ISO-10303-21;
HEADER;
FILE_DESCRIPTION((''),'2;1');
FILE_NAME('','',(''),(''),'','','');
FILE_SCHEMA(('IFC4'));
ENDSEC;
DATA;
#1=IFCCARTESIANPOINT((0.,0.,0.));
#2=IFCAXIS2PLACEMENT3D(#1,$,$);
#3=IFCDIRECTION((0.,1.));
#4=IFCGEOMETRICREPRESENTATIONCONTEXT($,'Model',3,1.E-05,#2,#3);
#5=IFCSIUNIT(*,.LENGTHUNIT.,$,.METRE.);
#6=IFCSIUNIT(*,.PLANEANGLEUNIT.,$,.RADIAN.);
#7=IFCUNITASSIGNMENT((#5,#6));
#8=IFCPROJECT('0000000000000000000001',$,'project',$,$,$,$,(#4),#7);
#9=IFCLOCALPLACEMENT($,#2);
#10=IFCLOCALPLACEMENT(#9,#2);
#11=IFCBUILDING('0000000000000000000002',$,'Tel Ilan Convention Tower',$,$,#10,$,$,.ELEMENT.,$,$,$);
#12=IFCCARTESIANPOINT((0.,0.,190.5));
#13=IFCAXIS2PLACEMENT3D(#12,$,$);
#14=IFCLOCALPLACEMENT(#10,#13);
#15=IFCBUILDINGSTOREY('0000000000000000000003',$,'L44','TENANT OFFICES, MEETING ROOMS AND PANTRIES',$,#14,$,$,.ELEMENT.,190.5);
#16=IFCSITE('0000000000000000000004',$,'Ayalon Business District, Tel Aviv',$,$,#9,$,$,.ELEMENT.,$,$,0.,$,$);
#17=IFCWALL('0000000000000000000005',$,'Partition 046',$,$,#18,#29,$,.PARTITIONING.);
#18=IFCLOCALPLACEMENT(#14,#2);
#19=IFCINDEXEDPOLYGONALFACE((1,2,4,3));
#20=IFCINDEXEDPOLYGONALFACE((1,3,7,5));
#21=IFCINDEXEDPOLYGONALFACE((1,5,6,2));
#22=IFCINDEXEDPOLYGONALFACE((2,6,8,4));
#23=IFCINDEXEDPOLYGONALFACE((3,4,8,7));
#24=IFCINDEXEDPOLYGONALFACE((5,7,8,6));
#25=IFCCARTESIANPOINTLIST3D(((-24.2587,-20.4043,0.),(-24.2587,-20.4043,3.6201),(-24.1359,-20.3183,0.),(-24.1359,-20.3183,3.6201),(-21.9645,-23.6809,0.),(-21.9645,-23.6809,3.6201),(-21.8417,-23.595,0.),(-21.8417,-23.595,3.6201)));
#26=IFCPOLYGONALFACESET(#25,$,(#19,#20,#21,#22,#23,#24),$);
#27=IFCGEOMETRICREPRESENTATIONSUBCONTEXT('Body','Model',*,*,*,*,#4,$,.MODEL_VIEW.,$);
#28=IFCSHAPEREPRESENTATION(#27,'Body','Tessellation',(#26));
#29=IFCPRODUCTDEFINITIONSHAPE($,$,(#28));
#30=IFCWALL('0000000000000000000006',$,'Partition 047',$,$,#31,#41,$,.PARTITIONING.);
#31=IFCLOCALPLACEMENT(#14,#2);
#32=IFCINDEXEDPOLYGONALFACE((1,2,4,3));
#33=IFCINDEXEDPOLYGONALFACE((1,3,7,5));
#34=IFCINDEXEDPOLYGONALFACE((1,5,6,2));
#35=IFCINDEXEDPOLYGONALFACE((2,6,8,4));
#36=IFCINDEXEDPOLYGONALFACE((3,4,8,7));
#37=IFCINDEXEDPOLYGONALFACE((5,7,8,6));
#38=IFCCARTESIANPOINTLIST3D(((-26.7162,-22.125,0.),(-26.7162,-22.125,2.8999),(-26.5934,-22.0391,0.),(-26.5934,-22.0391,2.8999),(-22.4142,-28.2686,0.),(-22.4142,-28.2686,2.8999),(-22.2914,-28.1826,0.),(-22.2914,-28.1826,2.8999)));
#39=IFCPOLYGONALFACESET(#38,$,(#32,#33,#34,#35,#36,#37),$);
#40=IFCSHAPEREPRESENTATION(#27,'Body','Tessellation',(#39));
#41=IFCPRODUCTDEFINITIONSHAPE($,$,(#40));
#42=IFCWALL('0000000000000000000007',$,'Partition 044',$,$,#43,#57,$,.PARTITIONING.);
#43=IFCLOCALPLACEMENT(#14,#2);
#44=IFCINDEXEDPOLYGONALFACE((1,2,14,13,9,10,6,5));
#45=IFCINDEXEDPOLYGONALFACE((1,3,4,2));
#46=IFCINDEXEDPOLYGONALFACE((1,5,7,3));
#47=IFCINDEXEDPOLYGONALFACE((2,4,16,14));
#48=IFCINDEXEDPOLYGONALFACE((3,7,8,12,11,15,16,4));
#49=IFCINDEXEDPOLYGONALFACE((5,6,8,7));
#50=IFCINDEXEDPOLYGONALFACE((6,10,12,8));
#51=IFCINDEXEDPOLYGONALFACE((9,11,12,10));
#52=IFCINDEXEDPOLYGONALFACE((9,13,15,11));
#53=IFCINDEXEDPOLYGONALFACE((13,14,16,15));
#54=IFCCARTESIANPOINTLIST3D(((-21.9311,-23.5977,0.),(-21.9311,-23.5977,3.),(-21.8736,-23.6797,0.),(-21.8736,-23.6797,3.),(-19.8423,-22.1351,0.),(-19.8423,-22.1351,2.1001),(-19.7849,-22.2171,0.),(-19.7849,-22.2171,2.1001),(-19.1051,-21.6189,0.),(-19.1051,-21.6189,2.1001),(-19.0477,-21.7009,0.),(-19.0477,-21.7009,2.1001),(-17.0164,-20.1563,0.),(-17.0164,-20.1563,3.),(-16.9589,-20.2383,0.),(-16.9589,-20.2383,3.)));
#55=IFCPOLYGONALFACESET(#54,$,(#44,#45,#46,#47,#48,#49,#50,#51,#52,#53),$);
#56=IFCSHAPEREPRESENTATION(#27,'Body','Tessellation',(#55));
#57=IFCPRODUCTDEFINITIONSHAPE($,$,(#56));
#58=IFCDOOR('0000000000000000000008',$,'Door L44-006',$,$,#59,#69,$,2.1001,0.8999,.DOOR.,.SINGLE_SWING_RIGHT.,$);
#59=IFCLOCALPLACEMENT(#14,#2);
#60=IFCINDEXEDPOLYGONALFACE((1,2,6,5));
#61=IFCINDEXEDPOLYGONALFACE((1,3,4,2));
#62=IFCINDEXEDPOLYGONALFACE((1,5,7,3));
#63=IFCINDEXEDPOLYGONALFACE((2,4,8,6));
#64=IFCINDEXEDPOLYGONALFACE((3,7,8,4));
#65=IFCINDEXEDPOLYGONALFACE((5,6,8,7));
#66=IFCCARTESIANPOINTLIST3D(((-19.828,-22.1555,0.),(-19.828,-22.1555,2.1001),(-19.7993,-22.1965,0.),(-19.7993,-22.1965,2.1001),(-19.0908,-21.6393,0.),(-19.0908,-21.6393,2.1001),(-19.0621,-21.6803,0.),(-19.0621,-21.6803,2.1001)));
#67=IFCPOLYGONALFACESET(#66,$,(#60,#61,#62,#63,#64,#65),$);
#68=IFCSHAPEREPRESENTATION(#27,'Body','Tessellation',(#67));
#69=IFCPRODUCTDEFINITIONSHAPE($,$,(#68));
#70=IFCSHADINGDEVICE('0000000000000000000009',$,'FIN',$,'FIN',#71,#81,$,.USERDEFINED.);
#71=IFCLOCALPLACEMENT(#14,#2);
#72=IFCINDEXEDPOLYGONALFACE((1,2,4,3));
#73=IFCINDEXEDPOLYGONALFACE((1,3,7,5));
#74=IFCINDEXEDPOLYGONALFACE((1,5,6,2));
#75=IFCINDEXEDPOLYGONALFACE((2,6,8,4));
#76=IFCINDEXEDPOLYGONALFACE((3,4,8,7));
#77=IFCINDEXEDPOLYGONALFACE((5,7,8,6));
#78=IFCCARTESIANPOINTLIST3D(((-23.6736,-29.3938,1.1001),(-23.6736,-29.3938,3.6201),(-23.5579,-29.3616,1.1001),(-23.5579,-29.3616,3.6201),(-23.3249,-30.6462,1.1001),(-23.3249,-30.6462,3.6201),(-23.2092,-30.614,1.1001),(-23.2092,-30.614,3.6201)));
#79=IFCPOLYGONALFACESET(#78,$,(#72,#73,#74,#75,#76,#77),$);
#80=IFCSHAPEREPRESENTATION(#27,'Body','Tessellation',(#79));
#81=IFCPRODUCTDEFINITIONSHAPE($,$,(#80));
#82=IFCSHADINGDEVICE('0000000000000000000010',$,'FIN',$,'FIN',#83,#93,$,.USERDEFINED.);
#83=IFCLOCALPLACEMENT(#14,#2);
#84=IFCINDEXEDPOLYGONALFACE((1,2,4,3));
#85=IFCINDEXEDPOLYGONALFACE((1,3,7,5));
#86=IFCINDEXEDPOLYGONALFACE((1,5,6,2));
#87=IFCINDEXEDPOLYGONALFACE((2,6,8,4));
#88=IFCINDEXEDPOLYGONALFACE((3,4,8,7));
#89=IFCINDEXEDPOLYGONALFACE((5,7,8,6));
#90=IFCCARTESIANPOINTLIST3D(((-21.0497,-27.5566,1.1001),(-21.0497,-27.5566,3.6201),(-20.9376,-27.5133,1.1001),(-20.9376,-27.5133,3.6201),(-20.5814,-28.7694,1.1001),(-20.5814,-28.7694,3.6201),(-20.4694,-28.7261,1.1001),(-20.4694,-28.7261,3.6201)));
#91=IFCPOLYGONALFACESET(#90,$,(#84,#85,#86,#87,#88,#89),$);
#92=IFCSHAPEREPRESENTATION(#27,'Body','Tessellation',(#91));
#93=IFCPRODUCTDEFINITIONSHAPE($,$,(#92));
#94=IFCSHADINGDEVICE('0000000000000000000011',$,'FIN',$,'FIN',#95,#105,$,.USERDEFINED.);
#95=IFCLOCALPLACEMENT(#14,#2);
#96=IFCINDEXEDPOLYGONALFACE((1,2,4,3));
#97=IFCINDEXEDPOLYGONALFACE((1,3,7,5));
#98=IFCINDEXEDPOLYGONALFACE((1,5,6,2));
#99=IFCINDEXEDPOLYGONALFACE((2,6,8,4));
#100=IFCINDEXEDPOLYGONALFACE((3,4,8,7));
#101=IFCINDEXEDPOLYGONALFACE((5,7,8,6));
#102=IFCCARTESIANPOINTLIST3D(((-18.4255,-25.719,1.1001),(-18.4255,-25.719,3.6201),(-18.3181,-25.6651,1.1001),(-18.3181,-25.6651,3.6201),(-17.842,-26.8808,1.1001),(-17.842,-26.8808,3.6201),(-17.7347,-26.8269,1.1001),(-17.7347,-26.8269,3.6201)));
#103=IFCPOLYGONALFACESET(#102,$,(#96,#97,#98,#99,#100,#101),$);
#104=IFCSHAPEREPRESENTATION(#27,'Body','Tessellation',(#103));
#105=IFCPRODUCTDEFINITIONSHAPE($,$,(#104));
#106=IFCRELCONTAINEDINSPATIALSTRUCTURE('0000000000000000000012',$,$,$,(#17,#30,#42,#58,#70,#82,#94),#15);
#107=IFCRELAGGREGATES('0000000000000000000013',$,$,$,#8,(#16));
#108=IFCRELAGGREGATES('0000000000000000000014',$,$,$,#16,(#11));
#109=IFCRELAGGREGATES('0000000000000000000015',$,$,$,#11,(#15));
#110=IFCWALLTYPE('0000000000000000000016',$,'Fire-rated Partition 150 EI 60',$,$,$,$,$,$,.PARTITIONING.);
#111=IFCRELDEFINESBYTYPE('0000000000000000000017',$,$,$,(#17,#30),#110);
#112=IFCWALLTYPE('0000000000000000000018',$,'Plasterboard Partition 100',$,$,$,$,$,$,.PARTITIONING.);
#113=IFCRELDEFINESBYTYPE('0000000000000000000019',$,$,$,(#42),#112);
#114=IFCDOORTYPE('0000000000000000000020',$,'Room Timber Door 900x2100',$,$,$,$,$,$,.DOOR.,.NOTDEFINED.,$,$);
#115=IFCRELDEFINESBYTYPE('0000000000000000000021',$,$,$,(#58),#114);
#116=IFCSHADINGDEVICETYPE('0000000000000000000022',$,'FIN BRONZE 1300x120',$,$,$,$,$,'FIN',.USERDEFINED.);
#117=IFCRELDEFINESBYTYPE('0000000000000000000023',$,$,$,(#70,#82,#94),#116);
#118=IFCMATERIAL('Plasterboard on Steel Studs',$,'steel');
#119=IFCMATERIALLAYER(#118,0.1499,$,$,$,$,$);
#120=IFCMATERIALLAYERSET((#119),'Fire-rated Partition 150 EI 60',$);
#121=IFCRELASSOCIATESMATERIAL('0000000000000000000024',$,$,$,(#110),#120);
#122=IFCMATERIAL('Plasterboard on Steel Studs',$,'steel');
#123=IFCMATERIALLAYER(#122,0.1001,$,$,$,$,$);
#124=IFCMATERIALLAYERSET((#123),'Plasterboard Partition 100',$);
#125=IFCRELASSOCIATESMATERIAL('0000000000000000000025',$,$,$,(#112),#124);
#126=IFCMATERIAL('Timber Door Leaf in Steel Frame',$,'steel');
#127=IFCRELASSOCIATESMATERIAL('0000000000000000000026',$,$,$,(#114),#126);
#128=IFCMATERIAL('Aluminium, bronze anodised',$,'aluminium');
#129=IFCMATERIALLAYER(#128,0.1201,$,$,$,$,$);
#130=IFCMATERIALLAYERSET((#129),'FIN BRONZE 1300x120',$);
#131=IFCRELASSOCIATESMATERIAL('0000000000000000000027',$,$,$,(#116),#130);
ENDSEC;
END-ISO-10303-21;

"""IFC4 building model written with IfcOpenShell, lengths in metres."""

from ifc_helpers import new_model, si_unit, direction, frame, frame_2d, origin, origin_2d, place, context, subcontext, project, spatial, rectangle, extrude, material, layer, layer_set, type_object, element, fill, save


model = new_model("IFC4")

# Units and contexts
model_context = context("Model", 3, precision=1e-05, world=origin(), true_north=direction((0.0, 1.0)))
body_context = subcontext(model_context, "Body", "Model", "MODEL_VIEW")
ifc_project = project(units=[si_unit("LENGTHUNIT", "METRE"), si_unit("PLANEANGLEUNIT", "RADIAN")], contexts=[model_context])

# Site, building, storey
site_placement = place(None, origin())
site = spatial("IfcSite", under=ifc_project, at=site_placement, Name="Ayalon Business District, Tel Aviv", CompositionType="ELEMENT", RefElevation=0.0)
building_placement = place(site_placement, origin())
building = spatial("IfcBuilding", under=site, at=building_placement, Name="Tel Ilan Convention Tower", CompositionType="ELEMENT")
storey_placement = place(building_placement, frame((0.0, 0.0, 190.5)))
storey = spatial("IfcBuildingStorey", under=building, at=storey_placement, Name="L44", Description="TENANT OFFICES, MEETING ROOMS AND PANTRIES", CompositionType="ELEMENT", Elevation=190.5)

# Shared definitions
ifc_material_1 = material(Name="Plasterboard on Steel Studs", Category="steel")
ifc_layer_1 = layer(ifc_material_1, 0.1499)
ifc_layer_set_1 = layer_set([ifc_layer_1], Name="Fire-rated Partition 150 EI 60")
wall_type_1 = type_object("IfcWallType", Name="Fire-rated Partition 150 EI 60", PredefinedType="PARTITIONING", material=ifc_layer_set_1)

# Walls
wall_1_placement = place(storey_placement, frame((-21.9031, -23.6379, 0.0), z_axis=(0.0, 0.0, 1.0), x_axis=(-0.573557, 0.819166, 0.0)))
element("IfcWall", 1, at=wall_1_placement, inside=storey, type_object=wall_type_1, Name="Partition 046", PredefinedType="PARTITIONING", context=body_context, shape_type="SweptSolid", body=[
    extrude(rectangle(XDim=4.0, YDim=0.1499, at=frame_2d((2.0, 0.0))), origin(), (0.0, 0.0, 1.0), 3.6201),
])
wall_2_placement = place(storey_placement, frame((-22.3528, -28.2256, 0.0), z_axis=(0.0, 0.0, 1.0), x_axis=(-0.573598, 0.819137, 0.0)))
element("IfcWall", 2, at=wall_2_placement, inside=storey, type_object=wall_type_1, Name="Partition 047", PredefinedType="PARTITIONING", context=body_context, shape_type="SweptSolid", body=[
    extrude(rectangle(XDim=7.5, YDim=0.1499, at=frame_2d((3.75, 0.0))), origin(), (0.0, 0.0, 1.0), 2.8999),
])

# Wall, opening, door
ifc_material_2 = material(Name="Plasterboard on Steel Studs", Category="steel")
ifc_layer_2 = layer(ifc_material_2, 0.1001)
ifc_layer_set_2 = layer_set([ifc_layer_2], Name="Plasterboard Partition 100")
wall_type_2 = type_object("IfcWallType", Name="Plasterboard Partition 100", PredefinedType="PARTITIONING", material=ifc_layer_set_2)
wall_3_placement = place(storey_placement, frame((-16.9875, -20.1973, 0.0), z_axis=(0.0, 0.0, 1.0), x_axis=(-0.81915, -0.57358, 0.0)))
wall_3 = element("IfcWall", 3, at=wall_3_placement, inside=storey, type_object=wall_type_2, Name="Partition 044", PredefinedType="PARTITIONING", context=body_context, shape_type="SweptSolid", body=[
    extrude(rectangle(XDim=5.9998, YDim=0.1001, at=frame_2d((3.0, 0.0))), origin(), (0.0, 0.0, 1.0), 3.0),
])
opening_1_placement = place(wall_3_placement, frame((2.55, 0.0, 0.0)))
opening_1 = element("IfcOpeningElement", 4, at=opening_1_placement, cuts=wall_3, PredefinedType="OPENING", context=body_context, shape_type="SweptSolid", body=[
    extrude(rectangle(XDim=0.8999, YDim=2.1001, at=frame_2d((0.45, 1.05))), frame((0.0, 0.0601, 0.0), z_axis=(0.0, -1.0, 0.0), x_axis=(1.0, 0.0, 0.0)), (0.0, 0.0, 1.0), 0.1201),
])
ifc_material_3 = material(Name="Timber Door Leaf in Steel Frame", Category="steel")
door_type_1 = type_object("IfcDoorType", Name="Room Timber Door 900x2100", OperationType="NOTDEFINED", PredefinedType="DOOR", material=ifc_material_3)
door_1_placement = place(opening_1_placement, origin())
door_1 = element("IfcDoor", 5, at=door_1_placement, inside=storey, type_object=door_type_1, Name="Door L44-006", OperationType="SINGLE_SWING_RIGHT", OverallHeight=2.1001, OverallWidth=0.8999, PredefinedType="DOOR", context=body_context, shape_type="SweptSolid", body=[
    extrude(rectangle(XDim=0.8999, YDim=2.1001, at=frame_2d((0.45, 1.05))), frame((0.0, 0.0249, 0.0), z_axis=(0.0, -1.0, 0.0), x_axis=(1.0, 0.0, 0.0)), (0.0, 0.0, 1.0), 0.05),
])
fill(opening_1, door_1)

# Shading devices
ifc_material_4 = material(Name="Aluminium, bronze anodised", Category="aluminium")
ifc_layer_3 = layer(ifc_material_4, 0.1201)
ifc_layer_set_3 = layer_set([ifc_layer_3], Name="FIN BRONZE 1300x120")
shading_device_type = type_object("IfcShadingDeviceType", Name="FIN BRONZE 1300x120", ElementType="FIN", PredefinedType="USERDEFINED", material=ifc_layer_set_3)
for number, where, z_axis, x_axis, name in (
    (6, (-23.4414, -30.0039, 1.1001), (0.0, 0.0, 1.0), (0.268173, -0.963371, 0.0), "FIN"),
    (7, (-20.7595, -28.1414, 1.1001), (0.0, 0.0, 1.0), (0.360178, -0.932884, 0.0), "FIN"),
    (8, (-18.0801, -26.2729, 1.1001), (0.0, 0.0, 1.0), (0.448799, -0.893633, 0.0), "FIN"),
):
    element("IfcShadingDevice", number, at=place(storey_placement, frame(where, z_axis=z_axis, x_axis=x_axis)), inside=storey, type_object=shading_device_type, Name=name, ObjectType="FIN", PredefinedType="USERDEFINED", context=body_context, shape_type="SweptSolid", body=[
        extrude(rectangle(XDim=1.3, YDim=0.1201, at=origin_2d()), origin(), (0.0, 0.0, 1.0), 2.52),
    ])

save(model, "model.ifc")
